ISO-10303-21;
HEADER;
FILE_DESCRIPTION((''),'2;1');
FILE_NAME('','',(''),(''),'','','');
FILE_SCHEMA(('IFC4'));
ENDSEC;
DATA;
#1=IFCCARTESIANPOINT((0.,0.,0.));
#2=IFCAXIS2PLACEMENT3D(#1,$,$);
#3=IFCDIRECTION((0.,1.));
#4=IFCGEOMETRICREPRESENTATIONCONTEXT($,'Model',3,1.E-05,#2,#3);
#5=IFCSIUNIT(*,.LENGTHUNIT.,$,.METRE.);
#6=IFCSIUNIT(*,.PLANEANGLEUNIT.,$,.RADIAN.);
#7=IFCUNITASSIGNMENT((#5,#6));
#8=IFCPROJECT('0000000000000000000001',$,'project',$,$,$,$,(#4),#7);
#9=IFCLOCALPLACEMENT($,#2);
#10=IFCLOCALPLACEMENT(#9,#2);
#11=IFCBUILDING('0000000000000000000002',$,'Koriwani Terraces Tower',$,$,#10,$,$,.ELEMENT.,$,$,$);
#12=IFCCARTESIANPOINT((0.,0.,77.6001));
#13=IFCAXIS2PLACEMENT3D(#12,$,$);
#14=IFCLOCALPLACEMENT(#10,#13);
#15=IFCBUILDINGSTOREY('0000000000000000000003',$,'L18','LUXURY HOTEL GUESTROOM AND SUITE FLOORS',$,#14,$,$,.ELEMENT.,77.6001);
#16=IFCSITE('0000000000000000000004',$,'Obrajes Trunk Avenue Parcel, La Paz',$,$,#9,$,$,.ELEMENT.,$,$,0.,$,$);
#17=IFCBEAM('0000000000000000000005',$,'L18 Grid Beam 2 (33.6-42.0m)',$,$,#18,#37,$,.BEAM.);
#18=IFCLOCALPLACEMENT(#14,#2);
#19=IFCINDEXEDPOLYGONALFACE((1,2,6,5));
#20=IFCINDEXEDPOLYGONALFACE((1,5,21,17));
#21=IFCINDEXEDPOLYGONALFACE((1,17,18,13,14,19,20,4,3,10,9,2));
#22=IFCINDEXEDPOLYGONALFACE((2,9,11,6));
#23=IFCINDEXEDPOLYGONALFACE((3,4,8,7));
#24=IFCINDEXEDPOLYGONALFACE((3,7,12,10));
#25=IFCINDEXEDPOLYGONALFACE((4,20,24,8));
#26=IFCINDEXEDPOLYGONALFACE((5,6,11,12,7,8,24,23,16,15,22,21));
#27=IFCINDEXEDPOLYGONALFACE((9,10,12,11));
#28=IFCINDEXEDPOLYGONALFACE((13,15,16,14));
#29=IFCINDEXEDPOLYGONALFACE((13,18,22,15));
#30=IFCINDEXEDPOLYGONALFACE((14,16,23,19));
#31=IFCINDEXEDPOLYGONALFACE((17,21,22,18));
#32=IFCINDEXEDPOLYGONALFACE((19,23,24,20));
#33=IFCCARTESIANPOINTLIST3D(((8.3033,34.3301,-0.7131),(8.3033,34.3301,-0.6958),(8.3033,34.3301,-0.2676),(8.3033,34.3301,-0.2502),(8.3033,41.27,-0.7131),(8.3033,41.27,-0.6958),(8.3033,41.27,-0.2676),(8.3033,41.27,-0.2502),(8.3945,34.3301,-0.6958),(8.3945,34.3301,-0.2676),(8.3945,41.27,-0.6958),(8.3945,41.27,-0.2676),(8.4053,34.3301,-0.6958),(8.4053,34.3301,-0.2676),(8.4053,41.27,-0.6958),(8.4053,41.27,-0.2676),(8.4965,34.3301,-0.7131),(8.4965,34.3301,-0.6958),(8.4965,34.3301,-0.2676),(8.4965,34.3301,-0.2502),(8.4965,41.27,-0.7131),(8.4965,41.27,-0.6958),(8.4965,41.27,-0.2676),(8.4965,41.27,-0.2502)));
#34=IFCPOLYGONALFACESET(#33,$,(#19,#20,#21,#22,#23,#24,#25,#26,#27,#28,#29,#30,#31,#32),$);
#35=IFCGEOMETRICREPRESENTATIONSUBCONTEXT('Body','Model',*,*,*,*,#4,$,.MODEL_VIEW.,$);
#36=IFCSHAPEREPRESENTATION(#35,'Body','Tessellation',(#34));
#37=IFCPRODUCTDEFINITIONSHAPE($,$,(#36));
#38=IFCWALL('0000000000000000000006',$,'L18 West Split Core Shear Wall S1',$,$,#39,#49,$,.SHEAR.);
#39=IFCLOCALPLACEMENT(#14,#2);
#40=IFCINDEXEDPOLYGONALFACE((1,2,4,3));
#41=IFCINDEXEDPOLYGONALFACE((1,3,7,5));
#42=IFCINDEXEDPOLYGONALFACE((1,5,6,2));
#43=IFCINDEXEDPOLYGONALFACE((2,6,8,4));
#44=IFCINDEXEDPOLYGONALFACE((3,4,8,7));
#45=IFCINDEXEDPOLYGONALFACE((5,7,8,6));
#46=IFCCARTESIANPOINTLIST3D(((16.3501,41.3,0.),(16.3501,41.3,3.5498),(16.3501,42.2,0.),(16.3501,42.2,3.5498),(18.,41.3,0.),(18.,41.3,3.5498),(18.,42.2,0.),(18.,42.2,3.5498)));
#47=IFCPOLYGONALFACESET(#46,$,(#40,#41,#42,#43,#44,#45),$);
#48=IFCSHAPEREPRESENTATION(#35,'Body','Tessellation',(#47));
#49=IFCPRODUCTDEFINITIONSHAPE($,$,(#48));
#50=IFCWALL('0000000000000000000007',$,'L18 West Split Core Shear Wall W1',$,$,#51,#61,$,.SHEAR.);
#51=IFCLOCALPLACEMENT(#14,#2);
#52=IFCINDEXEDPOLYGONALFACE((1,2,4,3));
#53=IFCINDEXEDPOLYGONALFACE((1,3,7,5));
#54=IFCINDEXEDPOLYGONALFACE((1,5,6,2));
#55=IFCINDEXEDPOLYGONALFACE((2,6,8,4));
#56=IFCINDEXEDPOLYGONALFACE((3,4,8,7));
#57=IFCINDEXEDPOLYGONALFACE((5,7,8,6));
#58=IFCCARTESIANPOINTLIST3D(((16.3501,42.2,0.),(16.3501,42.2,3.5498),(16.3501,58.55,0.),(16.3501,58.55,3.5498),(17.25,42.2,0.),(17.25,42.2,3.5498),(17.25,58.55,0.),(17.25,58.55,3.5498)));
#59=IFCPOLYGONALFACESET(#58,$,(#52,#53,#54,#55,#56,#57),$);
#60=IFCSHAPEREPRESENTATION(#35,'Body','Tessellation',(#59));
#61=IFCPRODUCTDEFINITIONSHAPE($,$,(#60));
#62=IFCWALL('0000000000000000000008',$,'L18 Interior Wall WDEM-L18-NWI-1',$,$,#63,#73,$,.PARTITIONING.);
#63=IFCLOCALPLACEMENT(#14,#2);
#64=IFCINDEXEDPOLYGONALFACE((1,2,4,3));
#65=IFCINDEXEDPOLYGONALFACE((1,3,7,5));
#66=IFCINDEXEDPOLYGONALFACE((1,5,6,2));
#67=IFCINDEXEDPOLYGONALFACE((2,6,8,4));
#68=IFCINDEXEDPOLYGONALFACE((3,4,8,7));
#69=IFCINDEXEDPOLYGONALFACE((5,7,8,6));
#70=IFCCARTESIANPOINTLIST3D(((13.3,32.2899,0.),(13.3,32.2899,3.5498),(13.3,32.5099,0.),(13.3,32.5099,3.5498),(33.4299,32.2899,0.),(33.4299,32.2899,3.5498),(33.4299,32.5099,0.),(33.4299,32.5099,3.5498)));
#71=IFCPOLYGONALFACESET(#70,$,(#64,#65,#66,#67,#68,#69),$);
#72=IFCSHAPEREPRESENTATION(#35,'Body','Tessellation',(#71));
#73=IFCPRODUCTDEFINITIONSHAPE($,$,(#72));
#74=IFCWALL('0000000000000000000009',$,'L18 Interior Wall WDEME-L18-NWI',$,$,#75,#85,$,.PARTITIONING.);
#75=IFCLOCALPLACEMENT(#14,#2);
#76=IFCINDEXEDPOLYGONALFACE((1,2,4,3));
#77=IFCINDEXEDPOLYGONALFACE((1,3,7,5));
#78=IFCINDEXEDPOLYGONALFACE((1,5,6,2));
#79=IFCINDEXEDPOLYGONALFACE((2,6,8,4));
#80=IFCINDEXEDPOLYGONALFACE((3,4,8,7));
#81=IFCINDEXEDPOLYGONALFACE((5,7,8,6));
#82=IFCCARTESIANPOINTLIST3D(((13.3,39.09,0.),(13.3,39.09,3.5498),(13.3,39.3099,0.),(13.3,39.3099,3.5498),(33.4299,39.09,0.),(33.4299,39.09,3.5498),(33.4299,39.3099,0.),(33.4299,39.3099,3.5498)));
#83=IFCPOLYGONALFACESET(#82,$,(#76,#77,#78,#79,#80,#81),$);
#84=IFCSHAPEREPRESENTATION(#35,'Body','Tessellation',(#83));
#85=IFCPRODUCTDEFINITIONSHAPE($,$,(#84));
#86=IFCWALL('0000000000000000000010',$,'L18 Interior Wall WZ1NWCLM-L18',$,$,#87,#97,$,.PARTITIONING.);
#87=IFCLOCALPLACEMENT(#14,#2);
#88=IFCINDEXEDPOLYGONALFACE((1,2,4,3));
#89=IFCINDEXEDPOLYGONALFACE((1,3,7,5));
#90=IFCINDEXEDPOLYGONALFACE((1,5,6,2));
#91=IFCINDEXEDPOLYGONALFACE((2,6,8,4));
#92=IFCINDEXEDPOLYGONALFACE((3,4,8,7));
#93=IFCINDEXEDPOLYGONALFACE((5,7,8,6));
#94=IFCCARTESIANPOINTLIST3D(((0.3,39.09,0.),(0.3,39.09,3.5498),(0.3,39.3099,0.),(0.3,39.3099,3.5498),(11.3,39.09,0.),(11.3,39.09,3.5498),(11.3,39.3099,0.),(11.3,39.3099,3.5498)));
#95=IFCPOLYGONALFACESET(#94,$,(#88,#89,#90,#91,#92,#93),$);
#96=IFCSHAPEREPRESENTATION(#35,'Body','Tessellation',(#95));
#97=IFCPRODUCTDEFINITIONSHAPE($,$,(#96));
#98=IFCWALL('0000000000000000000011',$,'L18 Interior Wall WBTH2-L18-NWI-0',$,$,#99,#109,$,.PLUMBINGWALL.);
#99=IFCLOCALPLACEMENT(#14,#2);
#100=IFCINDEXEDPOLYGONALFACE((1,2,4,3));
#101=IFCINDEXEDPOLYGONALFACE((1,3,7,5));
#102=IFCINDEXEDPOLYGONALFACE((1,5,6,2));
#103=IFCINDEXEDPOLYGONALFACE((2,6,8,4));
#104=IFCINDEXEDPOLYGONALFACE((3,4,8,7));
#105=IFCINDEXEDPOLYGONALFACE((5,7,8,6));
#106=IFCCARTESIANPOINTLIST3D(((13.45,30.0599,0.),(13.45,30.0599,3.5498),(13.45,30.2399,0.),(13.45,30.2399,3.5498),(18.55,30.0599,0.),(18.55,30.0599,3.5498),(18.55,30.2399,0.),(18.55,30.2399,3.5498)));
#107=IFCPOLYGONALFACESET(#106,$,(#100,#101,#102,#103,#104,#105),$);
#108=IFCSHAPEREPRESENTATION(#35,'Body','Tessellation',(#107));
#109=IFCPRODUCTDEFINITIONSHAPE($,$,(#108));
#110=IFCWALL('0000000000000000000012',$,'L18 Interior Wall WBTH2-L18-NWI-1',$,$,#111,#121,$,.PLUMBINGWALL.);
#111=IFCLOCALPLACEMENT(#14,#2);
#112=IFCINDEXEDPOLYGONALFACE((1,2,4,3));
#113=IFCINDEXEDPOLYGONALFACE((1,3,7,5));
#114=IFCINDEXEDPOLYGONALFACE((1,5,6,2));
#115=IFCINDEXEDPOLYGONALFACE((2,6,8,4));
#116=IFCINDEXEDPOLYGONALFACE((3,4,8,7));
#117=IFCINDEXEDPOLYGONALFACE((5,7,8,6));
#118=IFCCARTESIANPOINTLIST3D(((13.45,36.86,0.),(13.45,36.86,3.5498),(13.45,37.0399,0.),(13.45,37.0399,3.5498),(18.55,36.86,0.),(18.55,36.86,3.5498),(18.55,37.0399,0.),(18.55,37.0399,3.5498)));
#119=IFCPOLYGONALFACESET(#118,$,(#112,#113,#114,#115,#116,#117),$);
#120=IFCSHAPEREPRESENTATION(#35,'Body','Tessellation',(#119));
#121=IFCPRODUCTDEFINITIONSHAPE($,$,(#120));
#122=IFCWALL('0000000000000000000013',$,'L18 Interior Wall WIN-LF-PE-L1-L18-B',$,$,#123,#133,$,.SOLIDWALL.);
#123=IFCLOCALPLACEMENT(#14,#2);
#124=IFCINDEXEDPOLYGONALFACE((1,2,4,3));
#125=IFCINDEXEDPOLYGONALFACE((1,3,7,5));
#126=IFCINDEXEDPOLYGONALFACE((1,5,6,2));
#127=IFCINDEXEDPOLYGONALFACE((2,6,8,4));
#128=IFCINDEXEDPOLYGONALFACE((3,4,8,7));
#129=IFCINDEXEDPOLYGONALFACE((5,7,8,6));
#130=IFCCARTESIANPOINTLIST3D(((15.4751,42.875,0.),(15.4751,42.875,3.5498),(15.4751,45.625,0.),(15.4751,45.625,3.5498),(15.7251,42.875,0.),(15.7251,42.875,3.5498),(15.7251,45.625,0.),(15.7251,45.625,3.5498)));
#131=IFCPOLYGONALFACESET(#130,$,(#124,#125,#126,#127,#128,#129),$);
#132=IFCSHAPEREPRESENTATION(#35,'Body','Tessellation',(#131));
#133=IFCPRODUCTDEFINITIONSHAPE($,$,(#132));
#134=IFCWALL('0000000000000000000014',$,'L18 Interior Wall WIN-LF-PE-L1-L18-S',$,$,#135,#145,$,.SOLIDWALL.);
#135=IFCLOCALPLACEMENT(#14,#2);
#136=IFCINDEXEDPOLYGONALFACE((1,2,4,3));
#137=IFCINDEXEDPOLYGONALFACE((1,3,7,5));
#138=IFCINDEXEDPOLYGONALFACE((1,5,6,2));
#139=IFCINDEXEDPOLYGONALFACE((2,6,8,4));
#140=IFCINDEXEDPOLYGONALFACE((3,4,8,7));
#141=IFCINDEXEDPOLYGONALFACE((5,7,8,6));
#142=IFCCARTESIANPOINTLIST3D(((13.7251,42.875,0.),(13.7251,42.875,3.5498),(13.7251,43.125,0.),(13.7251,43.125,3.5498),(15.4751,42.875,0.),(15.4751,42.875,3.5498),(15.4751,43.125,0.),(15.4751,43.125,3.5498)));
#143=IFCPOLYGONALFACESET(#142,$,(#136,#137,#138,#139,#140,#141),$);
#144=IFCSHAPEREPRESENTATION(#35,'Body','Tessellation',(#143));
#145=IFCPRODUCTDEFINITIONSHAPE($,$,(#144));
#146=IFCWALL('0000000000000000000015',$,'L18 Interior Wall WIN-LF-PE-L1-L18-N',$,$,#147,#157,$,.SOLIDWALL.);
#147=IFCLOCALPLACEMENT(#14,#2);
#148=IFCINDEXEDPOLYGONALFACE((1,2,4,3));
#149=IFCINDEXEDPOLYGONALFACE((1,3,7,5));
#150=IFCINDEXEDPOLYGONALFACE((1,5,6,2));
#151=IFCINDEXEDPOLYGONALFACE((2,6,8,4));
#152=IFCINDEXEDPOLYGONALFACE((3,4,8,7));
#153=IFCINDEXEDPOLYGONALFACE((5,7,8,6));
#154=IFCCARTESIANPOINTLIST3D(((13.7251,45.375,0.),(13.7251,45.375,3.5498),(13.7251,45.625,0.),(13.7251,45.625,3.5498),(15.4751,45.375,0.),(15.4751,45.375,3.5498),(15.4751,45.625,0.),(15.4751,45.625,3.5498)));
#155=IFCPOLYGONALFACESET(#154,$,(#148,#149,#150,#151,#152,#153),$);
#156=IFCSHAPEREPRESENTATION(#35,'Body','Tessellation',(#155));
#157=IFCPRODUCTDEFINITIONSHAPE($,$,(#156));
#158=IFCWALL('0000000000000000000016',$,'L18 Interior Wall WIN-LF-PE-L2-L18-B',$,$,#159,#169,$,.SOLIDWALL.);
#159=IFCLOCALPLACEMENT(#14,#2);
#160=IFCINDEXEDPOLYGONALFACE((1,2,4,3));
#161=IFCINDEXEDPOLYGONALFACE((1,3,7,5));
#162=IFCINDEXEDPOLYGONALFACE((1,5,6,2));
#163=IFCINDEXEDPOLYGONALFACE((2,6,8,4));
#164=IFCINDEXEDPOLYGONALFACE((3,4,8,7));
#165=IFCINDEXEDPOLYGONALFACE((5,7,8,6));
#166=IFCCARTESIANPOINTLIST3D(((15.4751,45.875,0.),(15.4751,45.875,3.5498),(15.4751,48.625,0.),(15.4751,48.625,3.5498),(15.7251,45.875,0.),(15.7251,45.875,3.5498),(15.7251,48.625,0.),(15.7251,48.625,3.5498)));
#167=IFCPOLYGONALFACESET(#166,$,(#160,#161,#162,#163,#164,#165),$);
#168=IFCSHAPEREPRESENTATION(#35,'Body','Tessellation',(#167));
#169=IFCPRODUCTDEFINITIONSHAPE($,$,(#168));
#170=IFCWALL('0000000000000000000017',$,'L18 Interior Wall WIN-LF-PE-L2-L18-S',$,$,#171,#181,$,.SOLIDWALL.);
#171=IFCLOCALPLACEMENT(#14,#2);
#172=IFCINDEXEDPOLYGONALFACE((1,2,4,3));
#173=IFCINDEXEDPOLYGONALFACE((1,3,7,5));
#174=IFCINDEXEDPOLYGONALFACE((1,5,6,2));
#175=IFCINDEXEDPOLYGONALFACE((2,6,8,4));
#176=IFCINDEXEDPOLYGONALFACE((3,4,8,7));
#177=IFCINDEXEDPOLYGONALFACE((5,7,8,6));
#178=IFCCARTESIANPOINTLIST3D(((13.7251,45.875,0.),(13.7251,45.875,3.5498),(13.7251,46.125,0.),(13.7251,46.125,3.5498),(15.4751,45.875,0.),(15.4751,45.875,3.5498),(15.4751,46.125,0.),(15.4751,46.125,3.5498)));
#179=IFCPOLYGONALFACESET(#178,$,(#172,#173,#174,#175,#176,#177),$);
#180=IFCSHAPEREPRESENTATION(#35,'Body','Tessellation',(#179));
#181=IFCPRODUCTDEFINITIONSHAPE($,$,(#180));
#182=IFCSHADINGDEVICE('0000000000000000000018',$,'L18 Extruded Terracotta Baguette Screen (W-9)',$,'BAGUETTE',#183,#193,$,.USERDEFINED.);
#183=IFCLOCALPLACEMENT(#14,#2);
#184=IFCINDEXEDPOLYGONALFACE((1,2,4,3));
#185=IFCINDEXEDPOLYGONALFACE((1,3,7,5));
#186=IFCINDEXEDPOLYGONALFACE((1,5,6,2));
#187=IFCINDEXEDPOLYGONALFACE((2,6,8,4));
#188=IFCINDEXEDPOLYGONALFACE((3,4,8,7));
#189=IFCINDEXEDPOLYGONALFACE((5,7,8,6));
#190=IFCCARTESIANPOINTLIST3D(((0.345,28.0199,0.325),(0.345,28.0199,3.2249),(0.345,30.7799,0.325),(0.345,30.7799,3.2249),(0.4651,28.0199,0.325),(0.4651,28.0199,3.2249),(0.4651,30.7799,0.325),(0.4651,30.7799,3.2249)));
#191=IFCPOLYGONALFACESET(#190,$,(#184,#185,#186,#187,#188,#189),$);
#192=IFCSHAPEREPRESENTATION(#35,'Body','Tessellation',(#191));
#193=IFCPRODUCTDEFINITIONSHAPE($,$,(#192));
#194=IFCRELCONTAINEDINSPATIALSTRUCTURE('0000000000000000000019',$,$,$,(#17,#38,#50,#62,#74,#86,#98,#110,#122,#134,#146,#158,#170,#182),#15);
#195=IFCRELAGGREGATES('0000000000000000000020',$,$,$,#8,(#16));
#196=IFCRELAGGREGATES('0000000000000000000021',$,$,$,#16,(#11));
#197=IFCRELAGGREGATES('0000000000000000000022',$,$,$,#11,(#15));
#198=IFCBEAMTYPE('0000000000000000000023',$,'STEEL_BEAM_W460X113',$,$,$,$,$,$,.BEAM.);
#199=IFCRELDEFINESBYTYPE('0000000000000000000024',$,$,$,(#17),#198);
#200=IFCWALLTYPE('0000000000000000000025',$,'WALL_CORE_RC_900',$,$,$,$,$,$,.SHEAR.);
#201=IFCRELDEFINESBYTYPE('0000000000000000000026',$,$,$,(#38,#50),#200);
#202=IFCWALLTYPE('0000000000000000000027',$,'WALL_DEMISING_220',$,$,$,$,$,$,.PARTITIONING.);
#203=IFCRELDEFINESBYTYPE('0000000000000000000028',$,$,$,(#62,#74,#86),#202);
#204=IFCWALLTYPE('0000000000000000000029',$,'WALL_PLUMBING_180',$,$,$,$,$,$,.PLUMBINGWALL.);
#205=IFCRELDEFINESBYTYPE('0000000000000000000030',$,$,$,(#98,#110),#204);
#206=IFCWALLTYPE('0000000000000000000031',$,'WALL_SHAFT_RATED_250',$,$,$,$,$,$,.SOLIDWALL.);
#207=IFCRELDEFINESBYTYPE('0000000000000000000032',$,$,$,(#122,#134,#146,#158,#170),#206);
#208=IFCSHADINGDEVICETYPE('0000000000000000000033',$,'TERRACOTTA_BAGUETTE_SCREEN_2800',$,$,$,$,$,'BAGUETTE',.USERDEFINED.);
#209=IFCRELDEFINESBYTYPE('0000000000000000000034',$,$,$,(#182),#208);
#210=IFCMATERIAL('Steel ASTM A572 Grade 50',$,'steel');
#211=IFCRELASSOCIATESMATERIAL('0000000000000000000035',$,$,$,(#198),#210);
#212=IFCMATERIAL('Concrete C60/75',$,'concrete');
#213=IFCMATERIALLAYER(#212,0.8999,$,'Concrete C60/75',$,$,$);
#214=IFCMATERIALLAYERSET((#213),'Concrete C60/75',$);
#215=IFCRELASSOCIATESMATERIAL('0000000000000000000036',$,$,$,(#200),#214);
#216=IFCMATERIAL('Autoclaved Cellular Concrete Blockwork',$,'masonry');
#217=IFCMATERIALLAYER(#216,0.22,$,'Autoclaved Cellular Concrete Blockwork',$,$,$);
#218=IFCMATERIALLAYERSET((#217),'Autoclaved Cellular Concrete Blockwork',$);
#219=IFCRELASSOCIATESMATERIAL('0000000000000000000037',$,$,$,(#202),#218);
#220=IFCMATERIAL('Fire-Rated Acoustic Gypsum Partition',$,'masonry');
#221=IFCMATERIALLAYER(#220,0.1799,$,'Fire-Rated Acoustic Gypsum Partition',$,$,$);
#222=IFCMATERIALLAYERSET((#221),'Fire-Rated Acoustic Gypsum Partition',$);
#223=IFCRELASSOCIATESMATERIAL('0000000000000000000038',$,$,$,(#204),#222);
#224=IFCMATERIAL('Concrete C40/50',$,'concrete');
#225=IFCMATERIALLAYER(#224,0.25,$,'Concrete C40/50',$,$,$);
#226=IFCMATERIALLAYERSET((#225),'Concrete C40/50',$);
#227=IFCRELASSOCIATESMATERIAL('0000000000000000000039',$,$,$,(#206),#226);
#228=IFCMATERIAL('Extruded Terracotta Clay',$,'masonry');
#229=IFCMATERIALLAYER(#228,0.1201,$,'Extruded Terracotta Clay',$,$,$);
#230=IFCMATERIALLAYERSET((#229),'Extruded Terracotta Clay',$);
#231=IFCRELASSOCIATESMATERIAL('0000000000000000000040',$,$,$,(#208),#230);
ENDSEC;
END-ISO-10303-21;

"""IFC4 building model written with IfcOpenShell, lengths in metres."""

from ifc_helpers import new_model, si_unit, direction, frame, frame_2d, origin, origin_2d, place, context, subcontext, project, spatial, rectangle, i_section, extrude, material, layer, layer_set, material_profile, profile_set, type_object, element, save


model = new_model("IFC4")

# Units and contexts
model_context = context("Model", 3, precision=1e-05, world=origin(), true_north=direction((0.0, 1.0)))
body_context = subcontext(model_context, "Body", "Model", "MODEL_VIEW")
ifc_project = project(units=[si_unit("LENGTHUNIT", "METRE"), si_unit("PLANEANGLEUNIT", "RADIAN")], contexts=[model_context])

# Site, building, storey
site_placement = place(None, origin())
site = spatial("IfcSite", under=ifc_project, at=site_placement, Name="Obrajes Trunk Avenue Parcel, La Paz", CompositionType="ELEMENT", RefElevation=0.0)
building_placement = place(site_placement, origin())
building = spatial("IfcBuilding", under=site, at=building_placement, Name="Koriwani Terraces Tower", CompositionType="ELEMENT")
storey_placement = place(building_placement, frame((0.0, 0.0, 77.6001)))
storey = spatial("IfcBuildingStorey", under=building, at=storey_placement, Name="L18", Description="LUXURY HOTEL GUESTROOM AND SUITE FLOORS", CompositionType="ELEMENT", Elevation=77.6001)

# Shared definitions
ifc_material_1 = material(Name="Concrete C60/75", Category="concrete")

# Beam
ifc_material_2 = material(Name="Concrete C40/50", Category="concrete")
ifc_material_3 = material(Name="Steel ASTM A572 Grade 50", Category="steel")
ifc_material_profile_1 = material_profile(ifc_material_3, i_section(OverallWidth=0.1931, OverallDepth=0.4629, WebThickness=0.0107, FlangeThickness=0.0173, at=origin_2d()), Name="Steel ASTM A572 Grade 50", Category="LoadBearing")
ifc_profile_set_1 = profile_set([ifc_material_profile_1], Name="Steel ASTM A572 Grade 50")
beam_type_1 = type_object("IfcBeamType", Name="STEEL_BEAM_W460X113", PredefinedType="BEAM", material=ifc_profile_set_1)
beam_1_placement = place(storey_placement, frame((8.3999, 34.3301, -0.4817), z_axis=(0.0, 1.0, 0.0), x_axis=(-1.0, 0.0, 0.0)))
element("IfcBeam", 1, at=beam_1_placement, inside=storey, type_object=beam_type_1, Name="L18 Grid Beam 2 (33.6-42.0m)", PredefinedType="BEAM", context=body_context, shape_type="SweptSolid", body=[
    extrude(i_section(OverallWidth=0.1931, OverallDepth=0.4629, WebThickness=0.0107, FlangeThickness=0.0173, at=origin_2d()), origin(), (0.0, 0.0, 1.0), 6.9399),
])

# Walls
ifc_layer_1 = layer(ifc_material_1, 0.8999, Name="Concrete C60/75")
ifc_layer_set_1 = layer_set([ifc_layer_1], Name="Concrete C60/75")
wall_type_1 = type_object("IfcWallType", Name="WALL_CORE_RC_900", PredefinedType="SHEAR", material=ifc_layer_set_1)
wall_1_placement = place(storey_placement, frame((16.3501, 41.75, 0.0), z_axis=(0.0, 0.0, 1.0), x_axis=(1.0, 0.0, 0.0)))
element("IfcWall", 2, at=wall_1_placement, inside=storey, type_object=wall_type_1, Name="L18 West Split Core Shear Wall S1", PredefinedType="SHEAR", context=body_context, shape_type="SweptSolid", body=[
    extrude(rectangle(XDim=1.6499, YDim=0.8999, at=frame_2d((0.825, 0.0))), origin(), (0.0, 0.0, 1.0), 3.5498),
])
wall_2_placement = place(storey_placement, frame((16.8, 42.2, 0.0), z_axis=(0.0, 0.0, 1.0), x_axis=(0.0, 1.0, 0.0)))
element("IfcWall", 3, at=wall_2_placement, inside=storey, type_object=wall_type_1, Name="L18 West Split Core Shear Wall W1", PredefinedType="SHEAR", context=body_context, shape_type="SweptSolid", body=[
    extrude(rectangle(XDim=16.3501, YDim=0.8999, at=frame_2d((8.175, 0.0))), origin(), (0.0, 0.0, 1.0), 3.5498),
])
ifc_material_4 = material(Name="Autoclaved Cellular Concrete Blockwork", Category="masonry")
ifc_layer_2 = layer(ifc_material_4, 0.22, Name="Autoclaved Cellular Concrete Blockwork")
ifc_layer_set_2 = layer_set([ifc_layer_2], Name="Autoclaved Cellular Concrete Blockwork")
wall_type_2 = type_object("IfcWallType", Name="WALL_DEMISING_220", PredefinedType="PARTITIONING", material=ifc_layer_set_2)
for number, where, z_axis, x_axis, name in (
    (4, (13.3, 32.3999, 0.0), (0.0, 0.0, 1.0), (1.0, 0.0, 0.0), "L18 Interior Wall WDEM-L18-NWI-1"),
    (5, (13.3, 39.2, 0.0), (0.0, 0.0, 1.0), (1.0, 0.0, 0.0), "L18 Interior Wall WDEME-L18-NWI"),
):
    element("IfcWall", number, at=place(storey_placement, frame(where, z_axis=z_axis, x_axis=x_axis)), inside=storey, type_object=wall_type_2, Name=name, PredefinedType="PARTITIONING", context=body_context, shape_type="SweptSolid", body=[
        extrude(rectangle(XDim=20.1299, YDim=0.22, at=frame_2d((10.0649, 0.0))), origin(), (0.0, 0.0, 1.0), 3.5498),
    ])
wall_3_placement = place(storey_placement, frame((0.3, 39.2, 0.0), z_axis=(0.0, 0.0, 1.0), x_axis=(1.0, 0.0, 0.0)))
element("IfcWall", 6, at=wall_3_placement, inside=storey, type_object=wall_type_2, Name="L18 Interior Wall WZ1NWCLM-L18", PredefinedType="PARTITIONING", context=body_context, shape_type="SweptSolid", body=[
    extrude(rectangle(XDim=11.0, YDim=0.22, at=frame_2d((5.5, 0.0))), origin(), (0.0, 0.0, 1.0), 3.5498),
])
ifc_material_5 = material(Name="Fire-Rated Acoustic Gypsum Partition", Category="masonry")
ifc_layer_3 = layer(ifc_material_5, 0.1799, Name="Fire-Rated Acoustic Gypsum Partition")
ifc_layer_set_3 = layer_set([ifc_layer_3], Name="Fire-Rated Acoustic Gypsum Partition")
wall_type_3 = type_object("IfcWallType", Name="WALL_PLUMBING_180", PredefinedType="PLUMBINGWALL", material=ifc_layer_set_3)
for number, where, z_axis, x_axis, name in (
    (7, (13.45, 30.1499, 0.0), (0.0, 0.0, 1.0), (1.0, 0.0, 0.0), "L18 Interior Wall WBTH2-L18-NWI-0"),
    (8, (13.45, 36.95, 0.0), (0.0, 0.0, 1.0), (1.0, 0.0, 0.0), "L18 Interior Wall WBTH2-L18-NWI-1"),
):
    element("IfcWall", number, at=place(storey_placement, frame(where, z_axis=z_axis, x_axis=x_axis)), inside=storey, type_object=wall_type_3, Name=name, PredefinedType="PLUMBINGWALL", context=body_context, shape_type="SweptSolid", body=[
        extrude(rectangle(XDim=5.1001, YDim=0.1799, at=frame_2d((2.55, 0.0))), origin(), (0.0, 0.0, 1.0), 3.5498),
    ])

# Shared definitions
ifc_layer_4 = layer(ifc_material_2, 0.25, Name="Concrete C40/50")
ifc_layer_set_4 = layer_set([ifc_layer_4], Name="Concrete C40/50")
wall_type_4 = type_object("IfcWallType", Name="WALL_SHAFT_RATED_250", PredefinedType="SOLIDWALL", material=ifc_layer_set_4)

# Walls
wall_4_placement = place(storey_placement, frame((15.6001, 42.875, 0.0), z_axis=(0.0, 0.0, 1.0), x_axis=(0.0, 1.0, 0.0)))
element("IfcWall", 9, at=wall_4_placement, inside=storey, type_object=wall_type_4, Name="L18 Interior Wall WIN-LF-PE-L1-L18-B", PredefinedType="SOLIDWALL", context=body_context, shape_type="SweptSolid", body=[
    extrude(rectangle(XDim=2.75, YDim=0.25, at=frame_2d((1.375, 0.0))), origin(), (0.0, 0.0, 1.0), 3.5498),
])
for number, where, z_axis, x_axis, name in (
    (10, (13.7251, 43.0, 0.0), (0.0, 0.0, 1.0), (1.0, 0.0, 0.0), "L18 Interior Wall WIN-LF-PE-L1-L18-S"),
    (11, (13.7251, 45.5, 0.0), (0.0, 0.0, 1.0), (1.0, 0.0, 0.0), "L18 Interior Wall WIN-LF-PE-L1-L18-N"),
):
    element("IfcWall", number, at=place(storey_placement, frame(where, z_axis=z_axis, x_axis=x_axis)), inside=storey, type_object=wall_type_4, Name=name, PredefinedType="SOLIDWALL", context=body_context, shape_type="SweptSolid", body=[
        extrude(rectangle(XDim=1.75, YDim=0.25, at=frame_2d((0.875, 0.0))), origin(), (0.0, 0.0, 1.0), 3.5498),
    ])

# Walls
wall_5_placement = place(storey_placement, frame((15.6001, 45.875, 0.0), z_axis=(0.0, 0.0, 1.0), x_axis=(0.0, 1.0, 0.0)))
element("IfcWall", 12, at=wall_5_placement, inside=storey, type_object=wall_type_4, Name="L18 Interior Wall WIN-LF-PE-L2-L18-B", PredefinedType="SOLIDWALL", context=body_context, shape_type="SweptSolid", body=[
    extrude(rectangle(XDim=2.75, YDim=0.25, at=frame_2d((1.375, 0.0))), origin(), (0.0, 0.0, 1.0), 3.5498),
])
wall_6_placement = place(storey_placement, frame((13.7251, 46.0, 0.0), z_axis=(0.0, 0.0, 1.0), x_axis=(1.0, 0.0, 0.0)))
element("IfcWall", 13, at=wall_6_placement, inside=storey, type_object=wall_type_4, Name="L18 Interior Wall WIN-LF-PE-L2-L18-S", PredefinedType="SOLIDWALL", context=body_context, shape_type="SweptSolid", body=[
    extrude(rectangle(XDim=1.75, YDim=0.25, at=frame_2d((0.875, 0.0))), origin(), (0.0, 0.0, 1.0), 3.5498),
])

# Shading device
ifc_material_6 = material(Name="Extruded Terracotta Clay", Category="masonry")
ifc_layer_5 = layer(ifc_material_6, 0.1201, Name="Extruded Terracotta Clay")
ifc_layer_set_5 = layer_set([ifc_layer_5], Name="Extruded Terracotta Clay")
shading_device_type = type_object("IfcShadingDeviceType", Name="TERRACOTTA_BAGUETTE_SCREEN_2800", ElementType="BAGUETTE", PredefinedType="USERDEFINED", material=ifc_layer_set_5)
shading_device_placement = place(storey_placement, frame((0.405, 29.3999, 0.325), z_axis=(0.0, 0.0, 1.0), x_axis=(0.0, 1.0, 0.0)))
element("IfcShadingDevice", 14, at=shading_device_placement, inside=storey, type_object=shading_device_type, Name="L18 Extruded Terracotta Baguette Screen (W-9)", ObjectType="BAGUETTE", PredefinedType="USERDEFINED", context=body_context, shape_type="SweptSolid", body=[
    extrude(rectangle(XDim=2.76, YDim=0.1201, at=origin_2d()), origin(), (0.0, 0.0, 1.0), 2.8999),
])

save(model, "model.ifc")
